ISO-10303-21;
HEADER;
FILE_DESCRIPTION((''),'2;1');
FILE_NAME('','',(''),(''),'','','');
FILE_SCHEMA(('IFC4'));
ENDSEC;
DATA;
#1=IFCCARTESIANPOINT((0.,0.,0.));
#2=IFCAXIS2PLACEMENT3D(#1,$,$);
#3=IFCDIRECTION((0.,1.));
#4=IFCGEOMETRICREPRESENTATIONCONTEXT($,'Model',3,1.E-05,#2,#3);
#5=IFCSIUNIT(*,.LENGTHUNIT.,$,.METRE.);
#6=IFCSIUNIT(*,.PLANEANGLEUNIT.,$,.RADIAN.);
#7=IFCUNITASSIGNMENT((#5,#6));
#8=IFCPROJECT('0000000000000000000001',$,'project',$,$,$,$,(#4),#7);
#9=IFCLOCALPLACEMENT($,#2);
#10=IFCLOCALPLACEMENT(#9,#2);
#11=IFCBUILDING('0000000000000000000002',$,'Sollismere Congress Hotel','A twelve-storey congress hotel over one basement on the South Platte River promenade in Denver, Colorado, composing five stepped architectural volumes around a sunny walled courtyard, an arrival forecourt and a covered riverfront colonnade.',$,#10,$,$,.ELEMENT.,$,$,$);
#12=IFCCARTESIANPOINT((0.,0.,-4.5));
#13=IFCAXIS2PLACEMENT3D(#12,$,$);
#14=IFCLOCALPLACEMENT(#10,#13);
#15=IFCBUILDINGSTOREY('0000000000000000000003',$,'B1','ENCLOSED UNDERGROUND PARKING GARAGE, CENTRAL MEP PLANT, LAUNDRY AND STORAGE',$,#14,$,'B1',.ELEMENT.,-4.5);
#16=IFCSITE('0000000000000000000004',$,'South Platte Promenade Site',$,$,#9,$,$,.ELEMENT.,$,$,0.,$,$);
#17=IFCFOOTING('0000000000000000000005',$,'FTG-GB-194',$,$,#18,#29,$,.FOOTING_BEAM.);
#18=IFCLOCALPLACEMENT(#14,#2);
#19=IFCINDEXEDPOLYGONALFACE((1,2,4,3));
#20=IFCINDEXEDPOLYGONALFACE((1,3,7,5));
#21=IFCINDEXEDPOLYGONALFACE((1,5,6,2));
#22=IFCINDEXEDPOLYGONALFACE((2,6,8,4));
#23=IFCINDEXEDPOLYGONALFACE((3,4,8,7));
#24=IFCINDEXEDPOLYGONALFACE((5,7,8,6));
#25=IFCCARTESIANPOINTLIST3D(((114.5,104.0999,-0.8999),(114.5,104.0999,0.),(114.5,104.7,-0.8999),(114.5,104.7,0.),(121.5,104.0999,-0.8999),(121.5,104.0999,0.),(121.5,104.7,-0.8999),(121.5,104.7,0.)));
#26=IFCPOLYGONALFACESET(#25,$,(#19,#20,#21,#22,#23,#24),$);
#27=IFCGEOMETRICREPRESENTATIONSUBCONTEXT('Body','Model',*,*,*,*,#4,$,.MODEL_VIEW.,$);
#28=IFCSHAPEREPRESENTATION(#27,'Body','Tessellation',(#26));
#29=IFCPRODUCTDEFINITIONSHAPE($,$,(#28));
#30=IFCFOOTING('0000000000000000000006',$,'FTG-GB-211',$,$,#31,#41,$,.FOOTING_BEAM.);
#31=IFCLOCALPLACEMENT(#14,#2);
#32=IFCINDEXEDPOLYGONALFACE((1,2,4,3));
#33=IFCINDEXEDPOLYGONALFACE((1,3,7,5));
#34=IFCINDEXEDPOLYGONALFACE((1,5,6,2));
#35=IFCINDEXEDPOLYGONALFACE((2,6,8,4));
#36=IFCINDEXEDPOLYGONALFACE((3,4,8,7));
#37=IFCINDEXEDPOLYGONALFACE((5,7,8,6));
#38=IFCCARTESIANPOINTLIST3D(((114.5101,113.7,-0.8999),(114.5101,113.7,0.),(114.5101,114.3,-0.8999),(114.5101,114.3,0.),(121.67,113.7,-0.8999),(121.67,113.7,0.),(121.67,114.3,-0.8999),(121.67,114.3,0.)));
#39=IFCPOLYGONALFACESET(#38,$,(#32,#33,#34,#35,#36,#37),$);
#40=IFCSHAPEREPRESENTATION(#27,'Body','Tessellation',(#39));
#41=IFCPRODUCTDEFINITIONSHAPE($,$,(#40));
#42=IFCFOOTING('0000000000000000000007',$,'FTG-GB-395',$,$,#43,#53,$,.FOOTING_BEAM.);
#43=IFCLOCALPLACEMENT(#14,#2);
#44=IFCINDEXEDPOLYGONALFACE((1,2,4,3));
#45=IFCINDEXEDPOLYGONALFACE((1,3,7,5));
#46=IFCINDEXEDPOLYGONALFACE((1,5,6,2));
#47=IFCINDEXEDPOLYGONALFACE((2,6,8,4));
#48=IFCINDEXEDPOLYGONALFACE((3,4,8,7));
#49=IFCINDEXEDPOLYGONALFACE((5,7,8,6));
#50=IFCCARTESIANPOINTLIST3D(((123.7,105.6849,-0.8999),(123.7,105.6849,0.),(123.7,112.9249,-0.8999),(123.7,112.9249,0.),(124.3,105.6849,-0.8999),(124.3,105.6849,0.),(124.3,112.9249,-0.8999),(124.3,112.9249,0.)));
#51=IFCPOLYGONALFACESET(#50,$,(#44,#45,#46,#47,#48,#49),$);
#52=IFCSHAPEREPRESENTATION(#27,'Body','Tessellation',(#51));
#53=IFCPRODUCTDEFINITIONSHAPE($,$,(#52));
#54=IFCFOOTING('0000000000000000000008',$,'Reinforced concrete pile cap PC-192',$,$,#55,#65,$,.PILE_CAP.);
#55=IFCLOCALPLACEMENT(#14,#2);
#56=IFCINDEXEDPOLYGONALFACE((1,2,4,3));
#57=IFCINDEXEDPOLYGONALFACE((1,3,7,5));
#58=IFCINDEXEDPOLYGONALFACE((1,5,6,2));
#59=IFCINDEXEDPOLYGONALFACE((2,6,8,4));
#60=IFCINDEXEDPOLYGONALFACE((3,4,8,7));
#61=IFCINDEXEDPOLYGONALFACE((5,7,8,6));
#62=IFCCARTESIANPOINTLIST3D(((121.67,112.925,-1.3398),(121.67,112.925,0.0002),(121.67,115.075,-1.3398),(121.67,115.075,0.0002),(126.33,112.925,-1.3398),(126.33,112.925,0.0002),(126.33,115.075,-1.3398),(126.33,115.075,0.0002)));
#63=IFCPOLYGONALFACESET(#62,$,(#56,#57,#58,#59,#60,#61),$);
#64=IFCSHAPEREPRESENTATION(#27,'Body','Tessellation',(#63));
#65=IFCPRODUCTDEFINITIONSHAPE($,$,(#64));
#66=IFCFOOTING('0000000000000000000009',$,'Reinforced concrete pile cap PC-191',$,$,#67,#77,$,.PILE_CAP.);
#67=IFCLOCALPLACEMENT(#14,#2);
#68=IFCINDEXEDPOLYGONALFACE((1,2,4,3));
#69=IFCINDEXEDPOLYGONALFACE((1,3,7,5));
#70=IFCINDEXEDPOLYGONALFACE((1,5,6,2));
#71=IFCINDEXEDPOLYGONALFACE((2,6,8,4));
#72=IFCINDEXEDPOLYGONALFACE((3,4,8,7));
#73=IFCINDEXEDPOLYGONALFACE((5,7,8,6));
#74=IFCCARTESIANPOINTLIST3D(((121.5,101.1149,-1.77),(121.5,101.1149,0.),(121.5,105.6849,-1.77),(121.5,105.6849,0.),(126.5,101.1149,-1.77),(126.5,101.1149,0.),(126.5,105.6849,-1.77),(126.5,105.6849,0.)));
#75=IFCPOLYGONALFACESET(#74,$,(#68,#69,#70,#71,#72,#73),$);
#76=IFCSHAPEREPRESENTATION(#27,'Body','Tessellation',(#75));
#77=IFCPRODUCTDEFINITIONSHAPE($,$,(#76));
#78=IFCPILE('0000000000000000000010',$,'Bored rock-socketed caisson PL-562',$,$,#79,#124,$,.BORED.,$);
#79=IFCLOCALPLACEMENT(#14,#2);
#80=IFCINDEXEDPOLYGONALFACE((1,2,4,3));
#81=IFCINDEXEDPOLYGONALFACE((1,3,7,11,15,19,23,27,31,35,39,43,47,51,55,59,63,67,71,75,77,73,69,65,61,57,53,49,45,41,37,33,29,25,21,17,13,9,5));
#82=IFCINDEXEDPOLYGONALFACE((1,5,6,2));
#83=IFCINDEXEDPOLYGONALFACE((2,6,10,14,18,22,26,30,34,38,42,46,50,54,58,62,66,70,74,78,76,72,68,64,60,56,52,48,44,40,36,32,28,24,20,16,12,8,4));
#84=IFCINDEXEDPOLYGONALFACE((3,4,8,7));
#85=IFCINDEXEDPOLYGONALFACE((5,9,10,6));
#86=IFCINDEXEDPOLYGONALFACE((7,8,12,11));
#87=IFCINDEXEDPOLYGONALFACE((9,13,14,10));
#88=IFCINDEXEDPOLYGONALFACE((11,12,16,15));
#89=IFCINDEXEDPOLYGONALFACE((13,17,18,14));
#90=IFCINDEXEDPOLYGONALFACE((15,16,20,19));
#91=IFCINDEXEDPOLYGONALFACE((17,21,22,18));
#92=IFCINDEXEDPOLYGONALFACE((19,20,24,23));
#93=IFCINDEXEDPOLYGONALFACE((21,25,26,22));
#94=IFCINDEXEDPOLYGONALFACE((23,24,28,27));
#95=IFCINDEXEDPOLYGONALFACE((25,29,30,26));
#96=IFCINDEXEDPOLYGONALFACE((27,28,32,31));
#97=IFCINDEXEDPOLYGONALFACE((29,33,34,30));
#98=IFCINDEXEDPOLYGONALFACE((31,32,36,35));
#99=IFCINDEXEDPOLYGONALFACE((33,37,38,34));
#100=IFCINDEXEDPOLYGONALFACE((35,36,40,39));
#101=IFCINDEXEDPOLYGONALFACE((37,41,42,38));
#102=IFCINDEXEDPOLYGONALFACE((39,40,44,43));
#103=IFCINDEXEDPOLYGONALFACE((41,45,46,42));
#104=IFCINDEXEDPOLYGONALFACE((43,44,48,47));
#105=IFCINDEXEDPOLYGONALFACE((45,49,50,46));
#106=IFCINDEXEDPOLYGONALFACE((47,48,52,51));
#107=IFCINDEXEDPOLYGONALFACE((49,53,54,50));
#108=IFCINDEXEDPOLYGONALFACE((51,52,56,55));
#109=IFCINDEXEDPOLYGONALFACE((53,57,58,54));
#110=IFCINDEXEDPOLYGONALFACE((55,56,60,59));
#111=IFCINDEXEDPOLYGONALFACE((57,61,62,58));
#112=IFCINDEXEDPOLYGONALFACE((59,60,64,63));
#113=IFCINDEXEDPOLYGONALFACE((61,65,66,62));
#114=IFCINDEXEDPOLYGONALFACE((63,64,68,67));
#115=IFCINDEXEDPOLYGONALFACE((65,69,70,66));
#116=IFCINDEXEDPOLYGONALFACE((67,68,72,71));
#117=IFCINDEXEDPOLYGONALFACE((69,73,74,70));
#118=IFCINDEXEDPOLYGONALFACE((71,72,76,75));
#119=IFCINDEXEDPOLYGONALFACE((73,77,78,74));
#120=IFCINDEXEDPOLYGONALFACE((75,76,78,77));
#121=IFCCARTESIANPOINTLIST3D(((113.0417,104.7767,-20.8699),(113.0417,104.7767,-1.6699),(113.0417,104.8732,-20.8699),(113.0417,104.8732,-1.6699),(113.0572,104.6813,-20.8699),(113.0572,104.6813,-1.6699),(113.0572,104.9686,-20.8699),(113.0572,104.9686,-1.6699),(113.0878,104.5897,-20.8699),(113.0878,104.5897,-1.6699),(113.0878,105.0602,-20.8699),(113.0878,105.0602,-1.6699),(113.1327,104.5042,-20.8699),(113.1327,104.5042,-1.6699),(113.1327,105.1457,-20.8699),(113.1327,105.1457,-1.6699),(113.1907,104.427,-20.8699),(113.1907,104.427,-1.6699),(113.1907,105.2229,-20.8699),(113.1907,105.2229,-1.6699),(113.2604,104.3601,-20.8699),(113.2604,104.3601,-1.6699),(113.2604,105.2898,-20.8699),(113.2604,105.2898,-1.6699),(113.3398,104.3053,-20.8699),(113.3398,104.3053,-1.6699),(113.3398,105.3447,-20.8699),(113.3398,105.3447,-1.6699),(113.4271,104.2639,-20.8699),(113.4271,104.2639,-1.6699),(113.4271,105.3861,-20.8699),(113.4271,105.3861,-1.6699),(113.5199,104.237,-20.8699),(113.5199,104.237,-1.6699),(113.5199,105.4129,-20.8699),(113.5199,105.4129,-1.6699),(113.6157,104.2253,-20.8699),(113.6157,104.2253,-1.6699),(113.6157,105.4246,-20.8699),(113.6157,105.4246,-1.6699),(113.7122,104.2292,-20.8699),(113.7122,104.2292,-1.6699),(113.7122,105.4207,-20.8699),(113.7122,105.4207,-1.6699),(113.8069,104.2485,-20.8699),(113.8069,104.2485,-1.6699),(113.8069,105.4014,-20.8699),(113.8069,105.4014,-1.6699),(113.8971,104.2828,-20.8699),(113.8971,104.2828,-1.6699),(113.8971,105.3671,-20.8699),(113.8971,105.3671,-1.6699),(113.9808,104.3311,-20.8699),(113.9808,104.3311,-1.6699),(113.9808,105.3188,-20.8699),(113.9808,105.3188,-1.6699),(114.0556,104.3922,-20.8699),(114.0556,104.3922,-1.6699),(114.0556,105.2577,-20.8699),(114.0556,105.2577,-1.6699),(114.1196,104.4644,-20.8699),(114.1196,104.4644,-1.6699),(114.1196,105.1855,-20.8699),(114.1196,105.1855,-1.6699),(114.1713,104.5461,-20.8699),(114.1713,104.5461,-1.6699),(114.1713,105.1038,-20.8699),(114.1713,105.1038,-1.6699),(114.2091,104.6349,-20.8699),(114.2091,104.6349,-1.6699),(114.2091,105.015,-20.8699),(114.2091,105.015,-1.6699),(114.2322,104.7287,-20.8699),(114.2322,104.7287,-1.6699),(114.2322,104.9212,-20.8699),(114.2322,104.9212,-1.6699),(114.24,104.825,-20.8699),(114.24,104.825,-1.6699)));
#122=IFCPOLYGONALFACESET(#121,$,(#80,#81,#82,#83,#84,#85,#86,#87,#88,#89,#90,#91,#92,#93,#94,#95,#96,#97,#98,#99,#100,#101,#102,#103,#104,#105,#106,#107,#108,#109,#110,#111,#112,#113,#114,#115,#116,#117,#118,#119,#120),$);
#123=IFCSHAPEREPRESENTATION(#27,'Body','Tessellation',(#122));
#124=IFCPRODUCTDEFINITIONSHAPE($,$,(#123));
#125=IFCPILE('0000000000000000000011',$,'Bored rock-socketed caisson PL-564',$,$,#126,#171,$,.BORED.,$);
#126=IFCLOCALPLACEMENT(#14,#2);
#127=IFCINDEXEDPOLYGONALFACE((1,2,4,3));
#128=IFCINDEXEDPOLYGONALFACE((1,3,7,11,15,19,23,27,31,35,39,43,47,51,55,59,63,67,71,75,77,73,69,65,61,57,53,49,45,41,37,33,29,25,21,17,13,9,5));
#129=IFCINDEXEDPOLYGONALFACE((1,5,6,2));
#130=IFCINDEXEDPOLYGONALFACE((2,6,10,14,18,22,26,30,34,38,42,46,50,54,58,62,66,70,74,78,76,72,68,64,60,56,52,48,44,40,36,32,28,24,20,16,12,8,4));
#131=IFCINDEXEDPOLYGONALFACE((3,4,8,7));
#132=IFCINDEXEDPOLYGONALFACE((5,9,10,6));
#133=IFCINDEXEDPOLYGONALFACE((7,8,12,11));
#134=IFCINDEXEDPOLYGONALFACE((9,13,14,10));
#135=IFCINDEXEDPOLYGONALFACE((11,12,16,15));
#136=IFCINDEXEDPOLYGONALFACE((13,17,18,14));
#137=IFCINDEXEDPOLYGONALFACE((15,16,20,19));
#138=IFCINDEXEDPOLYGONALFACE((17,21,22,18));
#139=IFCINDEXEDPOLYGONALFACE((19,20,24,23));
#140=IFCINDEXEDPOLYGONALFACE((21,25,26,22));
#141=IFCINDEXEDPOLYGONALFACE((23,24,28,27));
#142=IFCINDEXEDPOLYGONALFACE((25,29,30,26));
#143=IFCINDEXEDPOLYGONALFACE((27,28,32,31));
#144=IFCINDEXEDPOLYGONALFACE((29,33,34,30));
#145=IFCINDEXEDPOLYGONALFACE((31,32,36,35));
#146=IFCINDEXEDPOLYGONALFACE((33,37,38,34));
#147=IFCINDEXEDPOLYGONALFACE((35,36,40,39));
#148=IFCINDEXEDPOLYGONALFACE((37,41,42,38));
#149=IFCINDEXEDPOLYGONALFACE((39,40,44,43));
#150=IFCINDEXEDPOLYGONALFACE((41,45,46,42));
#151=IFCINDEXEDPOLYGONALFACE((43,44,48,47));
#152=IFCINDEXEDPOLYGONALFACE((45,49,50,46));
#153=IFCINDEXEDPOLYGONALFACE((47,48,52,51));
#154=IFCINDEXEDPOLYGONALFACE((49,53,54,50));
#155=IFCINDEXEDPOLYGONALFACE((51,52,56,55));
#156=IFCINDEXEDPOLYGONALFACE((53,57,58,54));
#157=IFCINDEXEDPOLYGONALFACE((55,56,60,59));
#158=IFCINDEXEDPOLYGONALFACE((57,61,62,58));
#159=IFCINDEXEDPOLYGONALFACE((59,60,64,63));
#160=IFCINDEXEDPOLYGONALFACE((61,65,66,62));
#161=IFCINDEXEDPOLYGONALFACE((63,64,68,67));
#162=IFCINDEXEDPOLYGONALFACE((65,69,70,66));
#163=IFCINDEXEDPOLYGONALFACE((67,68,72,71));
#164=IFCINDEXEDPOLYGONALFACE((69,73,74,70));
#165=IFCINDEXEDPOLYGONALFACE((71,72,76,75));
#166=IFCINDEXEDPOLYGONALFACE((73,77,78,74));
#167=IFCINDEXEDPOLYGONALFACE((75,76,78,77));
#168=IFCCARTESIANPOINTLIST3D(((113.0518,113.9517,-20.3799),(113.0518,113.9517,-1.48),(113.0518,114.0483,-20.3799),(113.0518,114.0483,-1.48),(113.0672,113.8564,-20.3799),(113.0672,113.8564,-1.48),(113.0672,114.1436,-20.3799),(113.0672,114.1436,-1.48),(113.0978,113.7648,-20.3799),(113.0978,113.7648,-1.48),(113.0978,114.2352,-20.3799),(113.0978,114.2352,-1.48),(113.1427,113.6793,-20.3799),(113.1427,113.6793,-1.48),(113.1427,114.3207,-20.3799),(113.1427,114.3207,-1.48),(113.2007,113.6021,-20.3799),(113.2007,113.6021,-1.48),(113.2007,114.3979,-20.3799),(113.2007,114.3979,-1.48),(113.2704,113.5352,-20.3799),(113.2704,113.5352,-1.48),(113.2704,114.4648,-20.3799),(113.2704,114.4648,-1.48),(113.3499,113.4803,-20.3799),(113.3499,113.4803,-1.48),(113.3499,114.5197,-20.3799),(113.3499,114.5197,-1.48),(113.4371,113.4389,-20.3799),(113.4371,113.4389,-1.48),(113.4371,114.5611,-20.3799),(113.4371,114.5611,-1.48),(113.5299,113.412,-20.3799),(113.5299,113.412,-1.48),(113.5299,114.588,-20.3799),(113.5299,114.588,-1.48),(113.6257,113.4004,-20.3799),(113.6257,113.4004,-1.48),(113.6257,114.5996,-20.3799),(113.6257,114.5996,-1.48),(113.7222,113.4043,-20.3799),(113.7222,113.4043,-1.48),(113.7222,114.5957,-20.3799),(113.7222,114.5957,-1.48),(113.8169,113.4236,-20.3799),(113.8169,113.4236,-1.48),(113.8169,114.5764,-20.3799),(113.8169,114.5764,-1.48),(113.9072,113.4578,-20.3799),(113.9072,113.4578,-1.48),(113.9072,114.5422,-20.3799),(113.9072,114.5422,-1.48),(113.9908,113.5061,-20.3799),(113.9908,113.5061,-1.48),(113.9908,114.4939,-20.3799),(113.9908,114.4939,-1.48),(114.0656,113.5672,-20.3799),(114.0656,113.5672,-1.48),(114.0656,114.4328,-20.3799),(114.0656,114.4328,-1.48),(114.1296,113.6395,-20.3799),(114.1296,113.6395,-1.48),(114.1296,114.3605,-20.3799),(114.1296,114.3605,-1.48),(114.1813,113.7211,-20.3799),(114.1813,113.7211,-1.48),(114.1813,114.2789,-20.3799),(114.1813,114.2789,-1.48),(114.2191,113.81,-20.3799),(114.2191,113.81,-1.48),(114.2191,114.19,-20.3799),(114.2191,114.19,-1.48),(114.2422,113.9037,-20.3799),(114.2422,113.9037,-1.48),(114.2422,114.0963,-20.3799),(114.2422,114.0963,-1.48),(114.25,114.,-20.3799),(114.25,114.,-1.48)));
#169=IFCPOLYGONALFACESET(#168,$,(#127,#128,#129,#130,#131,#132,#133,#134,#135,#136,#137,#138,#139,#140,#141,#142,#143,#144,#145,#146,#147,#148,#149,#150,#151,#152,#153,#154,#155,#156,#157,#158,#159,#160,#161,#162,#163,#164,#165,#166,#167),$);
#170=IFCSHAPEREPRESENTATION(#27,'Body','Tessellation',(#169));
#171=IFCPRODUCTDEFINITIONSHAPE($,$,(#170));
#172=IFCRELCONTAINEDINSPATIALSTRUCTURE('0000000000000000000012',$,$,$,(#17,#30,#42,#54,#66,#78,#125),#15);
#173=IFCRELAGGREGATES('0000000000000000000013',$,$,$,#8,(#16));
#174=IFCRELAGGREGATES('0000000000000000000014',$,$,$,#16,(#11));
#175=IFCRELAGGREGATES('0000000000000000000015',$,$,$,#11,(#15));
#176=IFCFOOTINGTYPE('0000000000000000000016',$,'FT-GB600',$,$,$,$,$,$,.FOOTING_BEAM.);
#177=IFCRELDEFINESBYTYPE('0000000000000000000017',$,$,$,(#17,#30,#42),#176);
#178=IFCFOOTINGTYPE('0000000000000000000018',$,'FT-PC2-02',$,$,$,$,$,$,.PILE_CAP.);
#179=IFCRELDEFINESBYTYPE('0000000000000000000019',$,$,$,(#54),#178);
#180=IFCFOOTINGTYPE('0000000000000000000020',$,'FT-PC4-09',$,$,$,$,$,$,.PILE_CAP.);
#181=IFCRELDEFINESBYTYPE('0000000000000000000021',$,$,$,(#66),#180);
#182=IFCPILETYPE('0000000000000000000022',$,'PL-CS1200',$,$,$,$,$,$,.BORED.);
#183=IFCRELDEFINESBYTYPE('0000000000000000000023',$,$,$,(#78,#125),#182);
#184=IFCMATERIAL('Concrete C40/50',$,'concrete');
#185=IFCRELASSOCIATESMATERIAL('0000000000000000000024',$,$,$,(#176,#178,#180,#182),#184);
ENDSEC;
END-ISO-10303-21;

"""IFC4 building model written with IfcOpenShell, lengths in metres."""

from ifc_helpers import new_model, si_unit, direction, frame, origin, origin_2d, place, context, subcontext, project, spatial, rectangle, circle, extrude, material, material_profile, profile_set, type_object, element, save


model = new_model("IFC4")

# Units and contexts
model_context = context("Model", 3, precision=1e-05, world=origin(), true_north=direction((0.0, 1.0)))
body_context = subcontext(model_context, "Body", "Model", "MODEL_VIEW")
ifc_project = project(units=[si_unit("LENGTHUNIT", "METRE"), si_unit("PLANEANGLEUNIT", "RADIAN")], contexts=[model_context])

# Site, building, storey
site_placement = place(None, origin())
site = spatial("IfcSite", under=ifc_project, at=site_placement, Name="South Platte Promenade Site", CompositionType="ELEMENT", RefElevation=0.0)
building_placement = place(site_placement, origin())
building = spatial("IfcBuilding", under=site, at=building_placement, Name="Sollismere Congress Hotel", Description="A twelve-storey congress hotel over one basement on the South Platte River promenade in Denver, Colorado, composing five stepped architectural volumes around a sunny walled courtyard, an arrival forecourt and a covered riverfront colonnade.", CompositionType="ELEMENT")
storey_placement = place(building_placement, frame((0.0, 0.0, -4.5)))
storey = spatial("IfcBuildingStorey", under=building, at=storey_placement, Name="B1", Description="ENCLOSED UNDERGROUND PARKING GARAGE, CENTRAL MEP PLANT, LAUNDRY AND STORAGE", LongName="B1", CompositionType="ELEMENT", Elevation=-4.5)

# Footings
ifc_material_1 = material(Name="Concrete C40/50", Category="concrete")
footing_type_1 = type_object("IfcFootingType", Name="FT-GB600", PredefinedType="FOOTING_BEAM", material=ifc_material_1)
footing_1_placement = place(storey_placement, frame((118.0, 104.3999, -0.8999), z_axis=(0.0, 0.0, 1.0), x_axis=(1.0, 0.0, 0.0)))
element("IfcFooting", 1, at=footing_1_placement, inside=storey, type_object=footing_type_1, Name="FTG-GB-194", PredefinedType="FOOTING_BEAM", context=body_context, shape_type="SweptSolid", body=[
    extrude(rectangle(XDim=7.0, YDim=0.6001, at=origin_2d()), origin(), (0.0, 0.0, 1.0), 0.8999),
])
footing_2_placement = place(storey_placement, frame((118.0901, 114.0, -0.8999), z_axis=(0.0, 0.0, 1.0), x_axis=(1.0, 0.0, 0.0)))
element("IfcFooting", 2, at=footing_2_placement, inside=storey, type_object=footing_type_1, Name="FTG-GB-211", PredefinedType="FOOTING_BEAM", context=body_context, shape_type="SweptSolid", body=[
    extrude(rectangle(XDim=7.1599, YDim=0.6001, at=origin_2d()), origin(), (0.0, 0.0, 1.0), 0.8999),
])
footing_3_placement = place(storey_placement, frame((124.0, 109.3049, -0.8999), z_axis=(0.0, 0.0, 1.0), x_axis=(0.0, 1.0, 0.0)))
element("IfcFooting", 3, at=footing_3_placement, inside=storey, type_object=footing_type_1, Name="FTG-GB-395", PredefinedType="FOOTING_BEAM", context=body_context, shape_type="SweptSolid", body=[
    extrude(rectangle(XDim=7.24, YDim=0.6001, at=origin_2d()), origin(), (0.0, 0.0, 1.0), 0.8999),
])
footing_type_2 = type_object("IfcFootingType", Name="FT-PC2-02", PredefinedType="PILE_CAP", material=ifc_material_1)
footing_4_placement = place(storey_placement, frame((124.0, 114.0, -1.3398), z_axis=(0.0, 0.0, 1.0), x_axis=(1.0, 0.0, 0.0)))
element("IfcFooting", 4, at=footing_4_placement, inside=storey, type_object=footing_type_2, Name="Reinforced concrete pile cap PC-192", PredefinedType="PILE_CAP", context=body_context, shape_type="SweptSolid", body=[
    extrude(rectangle(XDim=4.6599, YDim=2.1499, at=origin_2d()), origin(), (0.0, 0.0, 1.0), 1.3401),
])
footing_type_3 = type_object("IfcFootingType", Name="FT-PC4-09", PredefinedType="PILE_CAP", material=ifc_material_1)
footing_5_placement = place(storey_placement, frame((124.0, 103.3999, -1.77), z_axis=(0.0, 0.0, 1.0), x_axis=(1.0, 0.0, 0.0)))
element("IfcFooting", 5, at=footing_5_placement, inside=storey, type_object=footing_type_3, Name="Reinforced concrete pile cap PC-191", PredefinedType="PILE_CAP", context=body_context, shape_type="SweptSolid", body=[
    extrude(rectangle(XDim=5.0, YDim=4.5701, at=origin_2d()), origin(), (0.0, 0.0, 1.0), 1.77),
])

# Piles
ifc_material_profile_1 = material_profile(ifc_material_1, circle(Radius=0.6001, at=origin_2d()), Name="CAISSON1200")
ifc_profile_set_1 = profile_set([ifc_material_profile_1], Name="Concrete C40/50")
pile_type = type_object("IfcPileType", Name="PL-CS1200", PredefinedType="BORED", material=ifc_profile_set_1)
pile_1_placement = place(storey_placement, frame((113.6399, 104.825, -1.6699), z_axis=(0.0, 0.0, -1.0), x_axis=(1.0, 0.0, 0.0)))
element("IfcPile", 6, at=pile_1_placement, inside=storey, type_object=pile_type, Name="Bored rock-socketed caisson PL-562", PredefinedType="BORED", context=body_context, shape_type="SweptSolid", body=[
    extrude(circle(Radius=0.6001, at=origin_2d()), origin(), (0.0, 0.0, 1.0), 19.2),
])
pile_2_placement = place(storey_placement, frame((113.6499, 114.0, -1.48), z_axis=(0.0, 0.0, -1.0), x_axis=(1.0, 0.0, 0.0)))
element("IfcPile", 7, at=pile_2_placement, inside=storey, type_object=pile_type, Name="Bored rock-socketed caisson PL-564", PredefinedType="BORED", context=body_context, shape_type="SweptSolid", body=[
    extrude(circle(Radius=0.6001, at=origin_2d()), origin(), (0.0, 0.0, 1.0), 18.8999),
])

save(model, "model.ifc")
